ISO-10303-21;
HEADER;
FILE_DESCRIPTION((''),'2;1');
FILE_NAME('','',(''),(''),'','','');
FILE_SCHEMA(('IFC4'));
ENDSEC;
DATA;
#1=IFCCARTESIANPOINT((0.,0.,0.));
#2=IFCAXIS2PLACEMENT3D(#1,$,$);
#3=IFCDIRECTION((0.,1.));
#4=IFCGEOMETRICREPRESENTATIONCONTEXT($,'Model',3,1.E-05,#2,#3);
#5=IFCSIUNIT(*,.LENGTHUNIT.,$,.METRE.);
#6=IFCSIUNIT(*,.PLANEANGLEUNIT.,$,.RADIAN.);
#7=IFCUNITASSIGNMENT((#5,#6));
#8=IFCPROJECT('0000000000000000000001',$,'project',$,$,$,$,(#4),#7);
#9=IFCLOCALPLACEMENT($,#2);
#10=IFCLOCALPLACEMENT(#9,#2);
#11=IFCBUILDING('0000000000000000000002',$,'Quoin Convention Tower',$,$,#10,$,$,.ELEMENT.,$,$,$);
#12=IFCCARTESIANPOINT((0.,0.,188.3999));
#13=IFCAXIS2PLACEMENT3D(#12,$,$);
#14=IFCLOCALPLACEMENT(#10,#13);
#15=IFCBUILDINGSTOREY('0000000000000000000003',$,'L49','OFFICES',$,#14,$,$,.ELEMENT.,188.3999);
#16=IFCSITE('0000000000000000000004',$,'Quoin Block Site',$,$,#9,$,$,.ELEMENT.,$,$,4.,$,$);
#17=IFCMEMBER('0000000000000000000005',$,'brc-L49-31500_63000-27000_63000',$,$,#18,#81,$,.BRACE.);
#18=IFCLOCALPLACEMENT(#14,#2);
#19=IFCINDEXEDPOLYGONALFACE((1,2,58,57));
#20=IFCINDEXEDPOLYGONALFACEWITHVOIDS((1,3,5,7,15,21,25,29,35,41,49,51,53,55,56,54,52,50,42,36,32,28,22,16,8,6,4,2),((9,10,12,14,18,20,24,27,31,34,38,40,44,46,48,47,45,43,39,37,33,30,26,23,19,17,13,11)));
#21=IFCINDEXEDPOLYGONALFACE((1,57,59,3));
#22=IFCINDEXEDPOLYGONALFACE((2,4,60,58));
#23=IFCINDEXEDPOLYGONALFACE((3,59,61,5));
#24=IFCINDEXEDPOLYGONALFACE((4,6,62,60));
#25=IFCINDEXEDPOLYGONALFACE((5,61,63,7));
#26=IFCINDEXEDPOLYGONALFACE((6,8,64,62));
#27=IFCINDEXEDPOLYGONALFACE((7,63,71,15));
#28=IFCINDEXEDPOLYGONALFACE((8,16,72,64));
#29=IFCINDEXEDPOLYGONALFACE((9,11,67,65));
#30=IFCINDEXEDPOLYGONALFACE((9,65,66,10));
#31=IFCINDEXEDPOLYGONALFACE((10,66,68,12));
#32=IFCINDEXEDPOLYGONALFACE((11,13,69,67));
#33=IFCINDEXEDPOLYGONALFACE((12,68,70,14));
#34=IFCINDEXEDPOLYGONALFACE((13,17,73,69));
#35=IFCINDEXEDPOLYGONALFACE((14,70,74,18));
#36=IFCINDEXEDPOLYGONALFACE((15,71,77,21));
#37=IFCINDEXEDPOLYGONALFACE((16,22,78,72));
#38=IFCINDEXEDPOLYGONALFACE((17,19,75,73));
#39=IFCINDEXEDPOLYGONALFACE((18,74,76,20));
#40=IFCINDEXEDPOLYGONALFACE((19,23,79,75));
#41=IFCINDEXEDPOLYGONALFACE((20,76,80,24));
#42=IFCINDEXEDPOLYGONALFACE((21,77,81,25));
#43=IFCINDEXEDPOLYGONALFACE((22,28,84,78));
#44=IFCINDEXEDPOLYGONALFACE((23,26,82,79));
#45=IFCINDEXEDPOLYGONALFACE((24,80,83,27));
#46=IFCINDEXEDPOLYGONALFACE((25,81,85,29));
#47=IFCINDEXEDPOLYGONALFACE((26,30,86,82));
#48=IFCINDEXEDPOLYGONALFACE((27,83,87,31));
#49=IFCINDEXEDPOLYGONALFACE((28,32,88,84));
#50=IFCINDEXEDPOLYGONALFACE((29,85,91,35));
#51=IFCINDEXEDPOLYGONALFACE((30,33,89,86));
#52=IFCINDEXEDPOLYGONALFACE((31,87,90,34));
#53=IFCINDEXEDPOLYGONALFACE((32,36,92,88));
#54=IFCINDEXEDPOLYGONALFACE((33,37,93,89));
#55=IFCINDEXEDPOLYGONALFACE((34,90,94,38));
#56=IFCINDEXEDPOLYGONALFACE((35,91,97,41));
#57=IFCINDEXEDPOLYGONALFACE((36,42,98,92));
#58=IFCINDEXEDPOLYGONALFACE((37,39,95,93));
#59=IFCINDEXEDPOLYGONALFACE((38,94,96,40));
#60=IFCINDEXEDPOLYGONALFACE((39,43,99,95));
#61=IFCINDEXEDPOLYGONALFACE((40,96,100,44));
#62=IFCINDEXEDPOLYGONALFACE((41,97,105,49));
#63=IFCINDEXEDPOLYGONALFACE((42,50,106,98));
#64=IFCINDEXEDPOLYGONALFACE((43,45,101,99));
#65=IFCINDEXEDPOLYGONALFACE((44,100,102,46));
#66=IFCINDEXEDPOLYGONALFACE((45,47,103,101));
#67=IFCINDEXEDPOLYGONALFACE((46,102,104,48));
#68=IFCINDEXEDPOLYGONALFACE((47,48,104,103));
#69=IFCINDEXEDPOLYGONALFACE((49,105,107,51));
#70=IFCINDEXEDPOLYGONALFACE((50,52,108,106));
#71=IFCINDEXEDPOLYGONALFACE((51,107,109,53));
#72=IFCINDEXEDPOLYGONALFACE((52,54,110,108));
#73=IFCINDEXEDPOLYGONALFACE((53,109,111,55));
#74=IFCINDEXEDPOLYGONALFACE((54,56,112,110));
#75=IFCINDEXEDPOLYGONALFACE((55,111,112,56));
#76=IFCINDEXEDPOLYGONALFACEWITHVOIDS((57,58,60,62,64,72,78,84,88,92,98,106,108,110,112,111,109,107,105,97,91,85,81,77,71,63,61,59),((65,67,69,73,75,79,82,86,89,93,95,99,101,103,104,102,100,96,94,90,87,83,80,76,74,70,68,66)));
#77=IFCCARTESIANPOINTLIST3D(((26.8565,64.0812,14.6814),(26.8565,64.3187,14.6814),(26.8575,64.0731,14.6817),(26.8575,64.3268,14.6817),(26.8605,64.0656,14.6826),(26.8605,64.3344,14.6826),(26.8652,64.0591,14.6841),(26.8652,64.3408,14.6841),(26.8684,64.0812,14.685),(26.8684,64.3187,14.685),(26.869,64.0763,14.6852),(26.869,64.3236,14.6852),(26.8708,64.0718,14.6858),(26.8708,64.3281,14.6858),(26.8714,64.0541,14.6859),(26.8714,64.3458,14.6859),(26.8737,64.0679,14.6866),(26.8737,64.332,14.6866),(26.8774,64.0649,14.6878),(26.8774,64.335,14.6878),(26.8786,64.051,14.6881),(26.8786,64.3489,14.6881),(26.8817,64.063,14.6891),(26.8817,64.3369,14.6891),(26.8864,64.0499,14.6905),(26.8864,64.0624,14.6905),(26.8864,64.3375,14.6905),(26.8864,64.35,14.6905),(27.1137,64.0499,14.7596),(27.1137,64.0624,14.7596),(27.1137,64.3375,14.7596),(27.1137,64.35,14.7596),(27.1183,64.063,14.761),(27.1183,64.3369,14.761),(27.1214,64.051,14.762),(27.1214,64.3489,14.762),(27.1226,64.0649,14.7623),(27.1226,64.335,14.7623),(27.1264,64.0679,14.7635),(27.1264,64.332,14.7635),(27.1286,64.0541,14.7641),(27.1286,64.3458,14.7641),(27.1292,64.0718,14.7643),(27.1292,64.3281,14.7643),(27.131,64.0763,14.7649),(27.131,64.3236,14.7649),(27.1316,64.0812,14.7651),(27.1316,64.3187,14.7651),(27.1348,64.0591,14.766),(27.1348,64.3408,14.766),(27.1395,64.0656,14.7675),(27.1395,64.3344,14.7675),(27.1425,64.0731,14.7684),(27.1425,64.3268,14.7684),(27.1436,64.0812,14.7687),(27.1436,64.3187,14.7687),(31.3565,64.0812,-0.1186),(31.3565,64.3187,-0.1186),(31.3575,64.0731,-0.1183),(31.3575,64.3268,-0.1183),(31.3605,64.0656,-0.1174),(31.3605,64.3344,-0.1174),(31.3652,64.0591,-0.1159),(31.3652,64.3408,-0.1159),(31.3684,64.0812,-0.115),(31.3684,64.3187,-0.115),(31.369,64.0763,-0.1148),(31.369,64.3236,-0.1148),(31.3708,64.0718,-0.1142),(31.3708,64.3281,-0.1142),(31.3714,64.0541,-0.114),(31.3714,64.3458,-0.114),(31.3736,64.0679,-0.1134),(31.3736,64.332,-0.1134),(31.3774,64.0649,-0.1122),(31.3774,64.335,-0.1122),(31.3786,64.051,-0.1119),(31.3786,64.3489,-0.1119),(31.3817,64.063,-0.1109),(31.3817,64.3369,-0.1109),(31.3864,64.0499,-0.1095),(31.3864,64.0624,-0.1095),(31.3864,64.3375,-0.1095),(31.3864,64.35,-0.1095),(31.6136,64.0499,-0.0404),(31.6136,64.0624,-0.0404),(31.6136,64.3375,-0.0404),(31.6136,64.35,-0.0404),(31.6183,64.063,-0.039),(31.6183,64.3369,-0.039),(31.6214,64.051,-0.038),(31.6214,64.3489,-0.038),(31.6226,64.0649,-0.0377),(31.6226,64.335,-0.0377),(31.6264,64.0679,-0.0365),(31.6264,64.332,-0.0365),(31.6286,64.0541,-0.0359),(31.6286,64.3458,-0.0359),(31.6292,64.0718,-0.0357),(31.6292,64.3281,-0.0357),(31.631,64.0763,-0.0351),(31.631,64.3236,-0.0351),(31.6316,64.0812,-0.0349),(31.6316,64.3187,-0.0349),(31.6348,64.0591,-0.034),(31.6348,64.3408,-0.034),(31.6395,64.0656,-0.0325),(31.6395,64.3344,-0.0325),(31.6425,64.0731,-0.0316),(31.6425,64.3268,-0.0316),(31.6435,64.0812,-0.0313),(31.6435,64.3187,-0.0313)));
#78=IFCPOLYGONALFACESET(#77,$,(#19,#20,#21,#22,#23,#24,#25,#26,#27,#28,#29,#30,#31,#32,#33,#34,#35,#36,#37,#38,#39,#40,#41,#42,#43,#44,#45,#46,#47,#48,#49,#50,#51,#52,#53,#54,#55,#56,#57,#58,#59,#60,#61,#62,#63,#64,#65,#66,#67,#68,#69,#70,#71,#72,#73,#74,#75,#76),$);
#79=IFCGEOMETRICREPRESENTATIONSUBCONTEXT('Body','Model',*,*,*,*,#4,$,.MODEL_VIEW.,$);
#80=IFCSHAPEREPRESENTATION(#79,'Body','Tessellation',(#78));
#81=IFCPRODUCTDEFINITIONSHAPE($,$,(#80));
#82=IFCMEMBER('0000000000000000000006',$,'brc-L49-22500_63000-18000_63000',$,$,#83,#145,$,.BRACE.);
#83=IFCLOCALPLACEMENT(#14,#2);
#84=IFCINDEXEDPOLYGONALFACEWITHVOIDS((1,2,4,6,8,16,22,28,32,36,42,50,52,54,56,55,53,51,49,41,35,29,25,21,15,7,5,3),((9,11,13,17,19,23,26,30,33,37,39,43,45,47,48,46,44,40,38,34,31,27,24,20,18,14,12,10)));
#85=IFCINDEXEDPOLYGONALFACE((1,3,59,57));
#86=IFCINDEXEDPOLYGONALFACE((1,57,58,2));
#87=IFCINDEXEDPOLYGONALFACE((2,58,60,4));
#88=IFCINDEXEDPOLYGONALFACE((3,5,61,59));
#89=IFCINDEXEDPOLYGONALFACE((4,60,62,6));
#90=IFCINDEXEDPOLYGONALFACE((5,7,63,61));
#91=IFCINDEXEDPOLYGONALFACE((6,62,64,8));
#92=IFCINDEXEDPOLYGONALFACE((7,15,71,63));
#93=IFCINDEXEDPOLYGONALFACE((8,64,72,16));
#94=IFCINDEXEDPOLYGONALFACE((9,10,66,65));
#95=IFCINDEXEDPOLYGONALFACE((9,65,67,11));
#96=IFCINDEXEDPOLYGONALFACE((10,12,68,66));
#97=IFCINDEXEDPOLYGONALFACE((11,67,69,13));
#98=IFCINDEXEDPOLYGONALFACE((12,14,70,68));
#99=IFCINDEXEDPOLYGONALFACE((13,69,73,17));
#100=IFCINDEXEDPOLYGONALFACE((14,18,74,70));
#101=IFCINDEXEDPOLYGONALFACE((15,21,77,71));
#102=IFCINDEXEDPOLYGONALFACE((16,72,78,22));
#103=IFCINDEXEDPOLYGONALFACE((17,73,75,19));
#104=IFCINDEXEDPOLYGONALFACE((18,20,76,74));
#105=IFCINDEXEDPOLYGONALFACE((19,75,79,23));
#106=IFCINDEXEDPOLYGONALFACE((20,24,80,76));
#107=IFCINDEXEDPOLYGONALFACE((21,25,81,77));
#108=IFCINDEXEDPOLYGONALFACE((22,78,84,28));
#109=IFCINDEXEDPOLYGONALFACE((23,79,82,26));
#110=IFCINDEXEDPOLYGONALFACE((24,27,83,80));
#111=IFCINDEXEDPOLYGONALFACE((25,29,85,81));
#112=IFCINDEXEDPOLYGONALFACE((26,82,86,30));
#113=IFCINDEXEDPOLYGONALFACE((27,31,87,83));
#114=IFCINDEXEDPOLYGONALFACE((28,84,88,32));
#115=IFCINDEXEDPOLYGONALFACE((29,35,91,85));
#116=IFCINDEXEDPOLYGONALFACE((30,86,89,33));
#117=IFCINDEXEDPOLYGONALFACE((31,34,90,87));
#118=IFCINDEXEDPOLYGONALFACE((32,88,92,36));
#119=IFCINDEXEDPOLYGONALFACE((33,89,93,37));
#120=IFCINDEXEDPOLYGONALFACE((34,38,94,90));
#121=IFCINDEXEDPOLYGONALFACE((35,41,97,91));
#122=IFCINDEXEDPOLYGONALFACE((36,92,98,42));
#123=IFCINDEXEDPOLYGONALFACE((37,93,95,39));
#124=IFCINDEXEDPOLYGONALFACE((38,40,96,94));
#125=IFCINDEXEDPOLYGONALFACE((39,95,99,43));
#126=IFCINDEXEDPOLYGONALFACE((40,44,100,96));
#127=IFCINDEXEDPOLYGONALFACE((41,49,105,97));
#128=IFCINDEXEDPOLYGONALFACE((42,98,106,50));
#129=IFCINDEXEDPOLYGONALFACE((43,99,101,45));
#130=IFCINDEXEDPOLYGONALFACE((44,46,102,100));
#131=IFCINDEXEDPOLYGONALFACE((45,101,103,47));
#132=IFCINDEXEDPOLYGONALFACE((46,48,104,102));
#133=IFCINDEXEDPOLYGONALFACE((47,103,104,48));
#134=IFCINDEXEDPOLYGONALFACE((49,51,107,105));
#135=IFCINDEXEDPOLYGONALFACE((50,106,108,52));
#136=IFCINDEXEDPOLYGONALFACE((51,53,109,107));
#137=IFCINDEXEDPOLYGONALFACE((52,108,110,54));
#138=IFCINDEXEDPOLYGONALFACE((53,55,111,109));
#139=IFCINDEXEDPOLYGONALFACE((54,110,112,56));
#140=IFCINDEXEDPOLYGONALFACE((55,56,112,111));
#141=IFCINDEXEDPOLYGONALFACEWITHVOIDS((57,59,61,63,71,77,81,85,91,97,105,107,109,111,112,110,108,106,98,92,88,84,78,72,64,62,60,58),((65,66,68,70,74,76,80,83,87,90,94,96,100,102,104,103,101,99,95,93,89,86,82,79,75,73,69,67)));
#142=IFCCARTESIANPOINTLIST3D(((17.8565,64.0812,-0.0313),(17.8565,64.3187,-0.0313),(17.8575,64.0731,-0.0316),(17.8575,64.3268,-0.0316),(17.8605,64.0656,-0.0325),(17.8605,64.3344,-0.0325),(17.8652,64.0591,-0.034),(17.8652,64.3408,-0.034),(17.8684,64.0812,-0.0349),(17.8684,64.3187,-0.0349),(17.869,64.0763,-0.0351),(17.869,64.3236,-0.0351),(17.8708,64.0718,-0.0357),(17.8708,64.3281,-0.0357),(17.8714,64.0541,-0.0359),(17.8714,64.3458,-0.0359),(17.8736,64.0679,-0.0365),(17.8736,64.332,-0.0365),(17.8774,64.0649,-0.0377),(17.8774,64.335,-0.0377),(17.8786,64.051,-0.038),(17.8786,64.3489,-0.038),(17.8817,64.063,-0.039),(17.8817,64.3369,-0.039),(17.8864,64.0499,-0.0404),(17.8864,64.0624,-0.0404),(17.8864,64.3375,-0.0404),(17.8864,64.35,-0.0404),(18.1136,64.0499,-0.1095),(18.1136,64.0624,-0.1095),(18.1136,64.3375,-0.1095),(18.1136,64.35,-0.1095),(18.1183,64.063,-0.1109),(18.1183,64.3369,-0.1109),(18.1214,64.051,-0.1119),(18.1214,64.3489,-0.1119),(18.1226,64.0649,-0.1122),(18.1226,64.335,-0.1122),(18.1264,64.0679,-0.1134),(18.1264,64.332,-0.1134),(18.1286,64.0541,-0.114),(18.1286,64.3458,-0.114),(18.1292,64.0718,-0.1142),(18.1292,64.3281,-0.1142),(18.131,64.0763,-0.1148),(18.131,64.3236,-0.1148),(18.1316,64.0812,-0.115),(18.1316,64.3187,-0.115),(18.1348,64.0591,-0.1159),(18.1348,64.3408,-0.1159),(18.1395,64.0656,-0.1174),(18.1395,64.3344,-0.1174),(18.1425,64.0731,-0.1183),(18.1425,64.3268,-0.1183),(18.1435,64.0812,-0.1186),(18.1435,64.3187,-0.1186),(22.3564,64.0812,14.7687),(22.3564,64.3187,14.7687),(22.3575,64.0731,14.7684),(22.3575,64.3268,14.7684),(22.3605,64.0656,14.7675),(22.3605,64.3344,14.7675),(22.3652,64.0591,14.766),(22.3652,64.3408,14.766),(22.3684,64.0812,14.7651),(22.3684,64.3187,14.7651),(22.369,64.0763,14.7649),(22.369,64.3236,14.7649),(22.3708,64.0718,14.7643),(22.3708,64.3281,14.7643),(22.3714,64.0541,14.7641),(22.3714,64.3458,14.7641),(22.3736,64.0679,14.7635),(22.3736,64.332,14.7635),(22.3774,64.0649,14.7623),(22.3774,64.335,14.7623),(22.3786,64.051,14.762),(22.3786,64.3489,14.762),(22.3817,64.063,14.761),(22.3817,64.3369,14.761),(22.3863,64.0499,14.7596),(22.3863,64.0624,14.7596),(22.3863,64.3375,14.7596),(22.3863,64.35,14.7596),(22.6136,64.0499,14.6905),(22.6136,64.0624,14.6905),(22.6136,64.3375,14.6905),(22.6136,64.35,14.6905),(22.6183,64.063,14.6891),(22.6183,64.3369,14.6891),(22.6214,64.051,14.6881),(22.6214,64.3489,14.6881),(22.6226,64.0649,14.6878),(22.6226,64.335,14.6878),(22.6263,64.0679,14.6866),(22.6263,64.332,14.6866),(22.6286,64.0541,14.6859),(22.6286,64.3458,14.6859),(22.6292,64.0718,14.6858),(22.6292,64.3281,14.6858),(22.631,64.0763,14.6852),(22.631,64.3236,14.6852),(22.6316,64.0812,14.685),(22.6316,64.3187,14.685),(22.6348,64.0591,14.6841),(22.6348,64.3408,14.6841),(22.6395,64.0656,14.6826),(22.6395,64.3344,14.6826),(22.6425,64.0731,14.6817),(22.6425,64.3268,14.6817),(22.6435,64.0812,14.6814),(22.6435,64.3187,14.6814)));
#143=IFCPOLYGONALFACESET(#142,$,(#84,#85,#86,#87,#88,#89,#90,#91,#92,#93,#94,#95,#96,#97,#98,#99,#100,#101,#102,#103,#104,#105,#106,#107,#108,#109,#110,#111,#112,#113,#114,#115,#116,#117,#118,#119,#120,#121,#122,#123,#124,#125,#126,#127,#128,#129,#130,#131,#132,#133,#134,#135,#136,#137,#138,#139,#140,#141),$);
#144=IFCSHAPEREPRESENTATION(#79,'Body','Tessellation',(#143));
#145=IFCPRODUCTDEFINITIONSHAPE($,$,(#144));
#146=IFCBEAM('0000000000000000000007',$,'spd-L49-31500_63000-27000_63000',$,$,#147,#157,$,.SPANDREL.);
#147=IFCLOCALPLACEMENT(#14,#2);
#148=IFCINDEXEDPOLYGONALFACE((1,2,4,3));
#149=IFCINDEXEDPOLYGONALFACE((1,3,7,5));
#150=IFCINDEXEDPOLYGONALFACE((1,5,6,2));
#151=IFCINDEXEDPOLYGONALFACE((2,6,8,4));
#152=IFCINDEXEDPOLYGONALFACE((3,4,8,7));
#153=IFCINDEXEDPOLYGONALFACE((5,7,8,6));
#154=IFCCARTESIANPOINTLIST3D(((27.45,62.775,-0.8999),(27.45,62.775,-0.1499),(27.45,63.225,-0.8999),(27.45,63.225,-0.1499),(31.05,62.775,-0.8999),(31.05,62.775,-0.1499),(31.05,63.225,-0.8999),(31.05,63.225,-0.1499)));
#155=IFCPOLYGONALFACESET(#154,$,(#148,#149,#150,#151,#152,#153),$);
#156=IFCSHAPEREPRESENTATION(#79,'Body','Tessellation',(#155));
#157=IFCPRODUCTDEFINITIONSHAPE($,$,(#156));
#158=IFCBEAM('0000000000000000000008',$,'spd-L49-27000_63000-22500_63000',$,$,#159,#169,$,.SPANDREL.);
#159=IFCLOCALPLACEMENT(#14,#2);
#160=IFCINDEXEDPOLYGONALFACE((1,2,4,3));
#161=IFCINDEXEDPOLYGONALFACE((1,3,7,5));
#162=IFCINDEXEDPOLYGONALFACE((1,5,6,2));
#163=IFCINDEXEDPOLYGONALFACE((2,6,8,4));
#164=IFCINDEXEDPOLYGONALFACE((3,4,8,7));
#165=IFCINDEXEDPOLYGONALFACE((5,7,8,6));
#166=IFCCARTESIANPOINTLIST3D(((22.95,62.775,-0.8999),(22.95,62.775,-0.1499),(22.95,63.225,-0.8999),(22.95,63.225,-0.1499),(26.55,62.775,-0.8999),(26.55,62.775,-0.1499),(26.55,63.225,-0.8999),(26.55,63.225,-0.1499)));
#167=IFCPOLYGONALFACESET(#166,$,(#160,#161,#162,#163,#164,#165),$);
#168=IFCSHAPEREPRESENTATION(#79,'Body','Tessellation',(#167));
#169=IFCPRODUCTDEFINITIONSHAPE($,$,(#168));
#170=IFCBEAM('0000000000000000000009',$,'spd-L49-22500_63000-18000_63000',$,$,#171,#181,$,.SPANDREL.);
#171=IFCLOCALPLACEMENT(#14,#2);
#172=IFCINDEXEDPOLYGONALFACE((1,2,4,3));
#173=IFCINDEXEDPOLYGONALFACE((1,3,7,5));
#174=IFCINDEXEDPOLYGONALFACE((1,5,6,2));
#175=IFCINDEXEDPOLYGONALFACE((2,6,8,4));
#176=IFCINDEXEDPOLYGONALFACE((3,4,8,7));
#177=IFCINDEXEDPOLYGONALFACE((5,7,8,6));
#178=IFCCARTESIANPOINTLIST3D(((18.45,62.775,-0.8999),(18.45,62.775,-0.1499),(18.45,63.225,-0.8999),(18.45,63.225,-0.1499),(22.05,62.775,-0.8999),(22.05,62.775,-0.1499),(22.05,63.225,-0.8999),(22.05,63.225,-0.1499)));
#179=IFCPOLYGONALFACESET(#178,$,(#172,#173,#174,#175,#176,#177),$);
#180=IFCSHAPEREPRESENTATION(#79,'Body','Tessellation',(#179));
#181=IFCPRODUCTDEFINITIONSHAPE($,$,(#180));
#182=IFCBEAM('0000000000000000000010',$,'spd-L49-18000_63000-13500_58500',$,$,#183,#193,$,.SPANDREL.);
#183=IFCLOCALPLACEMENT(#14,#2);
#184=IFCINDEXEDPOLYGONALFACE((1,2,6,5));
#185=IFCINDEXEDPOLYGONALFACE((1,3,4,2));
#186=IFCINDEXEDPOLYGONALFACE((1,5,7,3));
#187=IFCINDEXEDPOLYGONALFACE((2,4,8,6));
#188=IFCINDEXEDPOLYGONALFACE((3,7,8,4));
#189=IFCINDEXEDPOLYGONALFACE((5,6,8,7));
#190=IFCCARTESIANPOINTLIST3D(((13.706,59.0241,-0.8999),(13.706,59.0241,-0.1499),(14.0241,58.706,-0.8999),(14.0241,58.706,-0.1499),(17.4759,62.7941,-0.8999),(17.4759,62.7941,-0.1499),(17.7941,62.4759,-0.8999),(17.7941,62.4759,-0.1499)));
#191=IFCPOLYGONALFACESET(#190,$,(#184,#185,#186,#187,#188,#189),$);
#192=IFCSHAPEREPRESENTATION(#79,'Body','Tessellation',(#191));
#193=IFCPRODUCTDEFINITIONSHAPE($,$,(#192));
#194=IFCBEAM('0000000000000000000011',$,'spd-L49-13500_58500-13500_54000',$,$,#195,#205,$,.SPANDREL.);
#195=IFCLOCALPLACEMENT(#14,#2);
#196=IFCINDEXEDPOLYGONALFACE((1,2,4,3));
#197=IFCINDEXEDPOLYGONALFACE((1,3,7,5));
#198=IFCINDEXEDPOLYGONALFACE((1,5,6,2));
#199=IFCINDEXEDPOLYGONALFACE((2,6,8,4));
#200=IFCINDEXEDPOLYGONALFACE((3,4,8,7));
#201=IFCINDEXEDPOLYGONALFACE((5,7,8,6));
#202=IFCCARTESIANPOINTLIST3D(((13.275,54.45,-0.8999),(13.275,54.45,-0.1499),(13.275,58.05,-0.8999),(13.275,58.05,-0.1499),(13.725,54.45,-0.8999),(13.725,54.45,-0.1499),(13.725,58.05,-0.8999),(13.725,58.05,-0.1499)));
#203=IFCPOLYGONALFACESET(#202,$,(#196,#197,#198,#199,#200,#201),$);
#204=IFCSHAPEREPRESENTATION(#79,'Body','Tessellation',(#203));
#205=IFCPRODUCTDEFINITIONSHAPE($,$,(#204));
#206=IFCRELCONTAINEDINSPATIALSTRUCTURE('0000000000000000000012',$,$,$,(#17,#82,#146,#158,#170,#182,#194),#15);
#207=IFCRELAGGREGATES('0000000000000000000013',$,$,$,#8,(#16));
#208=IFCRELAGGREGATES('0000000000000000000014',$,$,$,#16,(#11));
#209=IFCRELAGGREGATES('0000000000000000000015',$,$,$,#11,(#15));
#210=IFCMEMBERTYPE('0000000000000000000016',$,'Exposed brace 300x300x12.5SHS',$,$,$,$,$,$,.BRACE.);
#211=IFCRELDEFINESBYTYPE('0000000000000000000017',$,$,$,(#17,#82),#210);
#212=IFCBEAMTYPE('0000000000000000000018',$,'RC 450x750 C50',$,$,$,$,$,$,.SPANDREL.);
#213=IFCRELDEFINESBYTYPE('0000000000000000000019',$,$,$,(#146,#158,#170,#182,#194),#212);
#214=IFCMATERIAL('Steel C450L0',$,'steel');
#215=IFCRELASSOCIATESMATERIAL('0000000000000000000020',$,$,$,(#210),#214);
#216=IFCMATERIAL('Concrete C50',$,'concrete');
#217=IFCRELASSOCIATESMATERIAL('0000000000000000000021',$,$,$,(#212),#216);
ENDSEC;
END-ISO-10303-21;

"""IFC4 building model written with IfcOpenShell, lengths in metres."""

from ifc_helpers import new_model, si_unit, direction, frame, origin, origin_2d, place, context, subcontext, project, spatial, rectangle, hollow_rectangle, extrude, material, material_profile, profile_set, type_object, element, save


model = new_model("IFC4")

# Units and contexts
model_context = context("Model", 3, precision=1e-05, world=origin(), true_north=direction((0.0, 1.0)))
body_context = subcontext(model_context, "Body", "Model", "MODEL_VIEW")
ifc_project = project(units=[si_unit("LENGTHUNIT", "METRE"), si_unit("PLANEANGLEUNIT", "RADIAN")], contexts=[model_context])

# Site, building, storey
site_placement = place(None, origin())
site = spatial("IfcSite", under=ifc_project, at=site_placement, Name="Quoin Block Site", CompositionType="ELEMENT", RefElevation=4.0)
building_placement = place(site_placement, origin())
building = spatial("IfcBuilding", under=site, at=building_placement, Name="Quoin Convention Tower", CompositionType="ELEMENT")
storey_placement = place(building_placement, frame((0.0, 0.0, 188.3999)))
storey = spatial("IfcBuildingStorey", under=building, at=storey_placement, Name="L49", Description="OFFICES", CompositionType="ELEMENT", Elevation=188.3999)

# Shared definitions
ifc_material_1 = material(Name="Concrete C50", Category="concrete")

# Members
ifc_material_2 = material(Name="Steel C450L0", Category="steel")
ifc_material_profile_1 = material_profile(ifc_material_2, hollow_rectangle(XDim=0.3, YDim=0.3, WallThickness=0.0125, InnerFilletRadius=0.0188, OuterFilletRadius=0.0312, at=origin_2d()), Name="300x300x12.5SHS")
ifc_profile_set_1 = profile_set([ifc_material_profile_1], Name="Steel C450L0")
member_type = type_object("IfcMemberType", Name="Exposed brace 300x300x12.5SHS", PredefinedType="BRACE", material=ifc_profile_set_1)
for number, where, z_axis, x_axis, name in (
    (1, (31.5, 64.2, -0.075), (-0.290903, 0.0, 0.956752), (0.0, -1.0, 0.0), "brc-L49-31500_63000-27000_63000"),
    (2, (18.0, 64.2, -0.075), (0.290903, 0.0, 0.956752), (0.0, 1.0, 0.0), "brc-L49-22500_63000-18000_63000"),
):
    element("IfcMember", number, at=place(storey_placement, frame(where, z_axis=z_axis, x_axis=x_axis)), inside=storey, type_object=member_type, Name=name, PredefinedType="BRACE", context=body_context, shape_type="SweptSolid", body=[
        extrude(hollow_rectangle(XDim=0.3, YDim=0.3, WallThickness=0.0125, InnerFilletRadius=0.0188, OuterFilletRadius=0.0312, at=origin_2d()), origin(), (0.0, 0.0, 1.0), 15.469),
    ])

# Beams
ifc_material_profile_2 = material_profile(ifc_material_1, rectangle(XDim=0.45, YDim=0.75, at=origin_2d()), Name="RC 450x750")
ifc_profile_set_2 = profile_set([ifc_material_profile_2], Name="Concrete C50")
beam_type_1 = type_object("IfcBeamType", Name="RC 450x750 C50", PredefinedType="SPANDREL", material=ifc_profile_set_2)
for number, where, z_axis, x_axis, name in (
    (3, (31.05, 63.0, -0.5249), (-1.0, 0.0, 0.0), (0.0, -1.0, 0.0), "spd-L49-31500_63000-27000_63000"),
    (4, (26.55, 63.0, -0.5249), (-1.0, 0.0, 0.0), (0.0, -1.0, 0.0), "spd-L49-27000_63000-22500_63000"),
    (5, (22.05, 63.0, -0.5249), (-1.0, 0.0, 0.0), (0.0, -1.0, 0.0), "spd-L49-22500_63000-18000_63000"),
):
    element("IfcBeam", number, at=place(storey_placement, frame(where, z_axis=z_axis, x_axis=x_axis)), inside=storey, type_object=beam_type_1, Name=name, PredefinedType="SPANDREL", context=body_context, shape_type="SweptSolid", body=[
        extrude(rectangle(XDim=0.45, YDim=0.75, at=origin_2d()), origin(), (0.0, 0.0, 1.0), 3.6001),
    ])
beam_1_placement = place(storey_placement, frame((17.635, 62.635, -0.5249), z_axis=(-0.707107, -0.707107, 0.0), x_axis=(0.707107, -0.707107, 0.0)))
element("IfcBeam", 6, at=beam_1_placement, inside=storey, type_object=beam_type_1, Name="spd-L49-18000_63000-13500_58500", PredefinedType="SPANDREL", context=body_context, shape_type="SweptSolid", body=[
    extrude(rectangle(XDim=0.45, YDim=0.75, at=origin_2d()), origin(), (0.0, 0.0, 1.0), 5.3315),
])
beam_2_placement = place(storey_placement, frame((13.5, 58.05, -0.5249), z_axis=(0.0, -1.0, 0.0), x_axis=(1.0, 0.0, 0.0)))
element("IfcBeam", 7, at=beam_2_placement, inside=storey, type_object=beam_type_1, Name="spd-L49-13500_58500-13500_54000", PredefinedType="SPANDREL", context=body_context, shape_type="SweptSolid", body=[
    extrude(rectangle(XDim=0.45, YDim=0.75, at=origin_2d()), origin(), (0.0, 0.0, 1.0), 3.6001),
])

save(model, "model.ifc")
